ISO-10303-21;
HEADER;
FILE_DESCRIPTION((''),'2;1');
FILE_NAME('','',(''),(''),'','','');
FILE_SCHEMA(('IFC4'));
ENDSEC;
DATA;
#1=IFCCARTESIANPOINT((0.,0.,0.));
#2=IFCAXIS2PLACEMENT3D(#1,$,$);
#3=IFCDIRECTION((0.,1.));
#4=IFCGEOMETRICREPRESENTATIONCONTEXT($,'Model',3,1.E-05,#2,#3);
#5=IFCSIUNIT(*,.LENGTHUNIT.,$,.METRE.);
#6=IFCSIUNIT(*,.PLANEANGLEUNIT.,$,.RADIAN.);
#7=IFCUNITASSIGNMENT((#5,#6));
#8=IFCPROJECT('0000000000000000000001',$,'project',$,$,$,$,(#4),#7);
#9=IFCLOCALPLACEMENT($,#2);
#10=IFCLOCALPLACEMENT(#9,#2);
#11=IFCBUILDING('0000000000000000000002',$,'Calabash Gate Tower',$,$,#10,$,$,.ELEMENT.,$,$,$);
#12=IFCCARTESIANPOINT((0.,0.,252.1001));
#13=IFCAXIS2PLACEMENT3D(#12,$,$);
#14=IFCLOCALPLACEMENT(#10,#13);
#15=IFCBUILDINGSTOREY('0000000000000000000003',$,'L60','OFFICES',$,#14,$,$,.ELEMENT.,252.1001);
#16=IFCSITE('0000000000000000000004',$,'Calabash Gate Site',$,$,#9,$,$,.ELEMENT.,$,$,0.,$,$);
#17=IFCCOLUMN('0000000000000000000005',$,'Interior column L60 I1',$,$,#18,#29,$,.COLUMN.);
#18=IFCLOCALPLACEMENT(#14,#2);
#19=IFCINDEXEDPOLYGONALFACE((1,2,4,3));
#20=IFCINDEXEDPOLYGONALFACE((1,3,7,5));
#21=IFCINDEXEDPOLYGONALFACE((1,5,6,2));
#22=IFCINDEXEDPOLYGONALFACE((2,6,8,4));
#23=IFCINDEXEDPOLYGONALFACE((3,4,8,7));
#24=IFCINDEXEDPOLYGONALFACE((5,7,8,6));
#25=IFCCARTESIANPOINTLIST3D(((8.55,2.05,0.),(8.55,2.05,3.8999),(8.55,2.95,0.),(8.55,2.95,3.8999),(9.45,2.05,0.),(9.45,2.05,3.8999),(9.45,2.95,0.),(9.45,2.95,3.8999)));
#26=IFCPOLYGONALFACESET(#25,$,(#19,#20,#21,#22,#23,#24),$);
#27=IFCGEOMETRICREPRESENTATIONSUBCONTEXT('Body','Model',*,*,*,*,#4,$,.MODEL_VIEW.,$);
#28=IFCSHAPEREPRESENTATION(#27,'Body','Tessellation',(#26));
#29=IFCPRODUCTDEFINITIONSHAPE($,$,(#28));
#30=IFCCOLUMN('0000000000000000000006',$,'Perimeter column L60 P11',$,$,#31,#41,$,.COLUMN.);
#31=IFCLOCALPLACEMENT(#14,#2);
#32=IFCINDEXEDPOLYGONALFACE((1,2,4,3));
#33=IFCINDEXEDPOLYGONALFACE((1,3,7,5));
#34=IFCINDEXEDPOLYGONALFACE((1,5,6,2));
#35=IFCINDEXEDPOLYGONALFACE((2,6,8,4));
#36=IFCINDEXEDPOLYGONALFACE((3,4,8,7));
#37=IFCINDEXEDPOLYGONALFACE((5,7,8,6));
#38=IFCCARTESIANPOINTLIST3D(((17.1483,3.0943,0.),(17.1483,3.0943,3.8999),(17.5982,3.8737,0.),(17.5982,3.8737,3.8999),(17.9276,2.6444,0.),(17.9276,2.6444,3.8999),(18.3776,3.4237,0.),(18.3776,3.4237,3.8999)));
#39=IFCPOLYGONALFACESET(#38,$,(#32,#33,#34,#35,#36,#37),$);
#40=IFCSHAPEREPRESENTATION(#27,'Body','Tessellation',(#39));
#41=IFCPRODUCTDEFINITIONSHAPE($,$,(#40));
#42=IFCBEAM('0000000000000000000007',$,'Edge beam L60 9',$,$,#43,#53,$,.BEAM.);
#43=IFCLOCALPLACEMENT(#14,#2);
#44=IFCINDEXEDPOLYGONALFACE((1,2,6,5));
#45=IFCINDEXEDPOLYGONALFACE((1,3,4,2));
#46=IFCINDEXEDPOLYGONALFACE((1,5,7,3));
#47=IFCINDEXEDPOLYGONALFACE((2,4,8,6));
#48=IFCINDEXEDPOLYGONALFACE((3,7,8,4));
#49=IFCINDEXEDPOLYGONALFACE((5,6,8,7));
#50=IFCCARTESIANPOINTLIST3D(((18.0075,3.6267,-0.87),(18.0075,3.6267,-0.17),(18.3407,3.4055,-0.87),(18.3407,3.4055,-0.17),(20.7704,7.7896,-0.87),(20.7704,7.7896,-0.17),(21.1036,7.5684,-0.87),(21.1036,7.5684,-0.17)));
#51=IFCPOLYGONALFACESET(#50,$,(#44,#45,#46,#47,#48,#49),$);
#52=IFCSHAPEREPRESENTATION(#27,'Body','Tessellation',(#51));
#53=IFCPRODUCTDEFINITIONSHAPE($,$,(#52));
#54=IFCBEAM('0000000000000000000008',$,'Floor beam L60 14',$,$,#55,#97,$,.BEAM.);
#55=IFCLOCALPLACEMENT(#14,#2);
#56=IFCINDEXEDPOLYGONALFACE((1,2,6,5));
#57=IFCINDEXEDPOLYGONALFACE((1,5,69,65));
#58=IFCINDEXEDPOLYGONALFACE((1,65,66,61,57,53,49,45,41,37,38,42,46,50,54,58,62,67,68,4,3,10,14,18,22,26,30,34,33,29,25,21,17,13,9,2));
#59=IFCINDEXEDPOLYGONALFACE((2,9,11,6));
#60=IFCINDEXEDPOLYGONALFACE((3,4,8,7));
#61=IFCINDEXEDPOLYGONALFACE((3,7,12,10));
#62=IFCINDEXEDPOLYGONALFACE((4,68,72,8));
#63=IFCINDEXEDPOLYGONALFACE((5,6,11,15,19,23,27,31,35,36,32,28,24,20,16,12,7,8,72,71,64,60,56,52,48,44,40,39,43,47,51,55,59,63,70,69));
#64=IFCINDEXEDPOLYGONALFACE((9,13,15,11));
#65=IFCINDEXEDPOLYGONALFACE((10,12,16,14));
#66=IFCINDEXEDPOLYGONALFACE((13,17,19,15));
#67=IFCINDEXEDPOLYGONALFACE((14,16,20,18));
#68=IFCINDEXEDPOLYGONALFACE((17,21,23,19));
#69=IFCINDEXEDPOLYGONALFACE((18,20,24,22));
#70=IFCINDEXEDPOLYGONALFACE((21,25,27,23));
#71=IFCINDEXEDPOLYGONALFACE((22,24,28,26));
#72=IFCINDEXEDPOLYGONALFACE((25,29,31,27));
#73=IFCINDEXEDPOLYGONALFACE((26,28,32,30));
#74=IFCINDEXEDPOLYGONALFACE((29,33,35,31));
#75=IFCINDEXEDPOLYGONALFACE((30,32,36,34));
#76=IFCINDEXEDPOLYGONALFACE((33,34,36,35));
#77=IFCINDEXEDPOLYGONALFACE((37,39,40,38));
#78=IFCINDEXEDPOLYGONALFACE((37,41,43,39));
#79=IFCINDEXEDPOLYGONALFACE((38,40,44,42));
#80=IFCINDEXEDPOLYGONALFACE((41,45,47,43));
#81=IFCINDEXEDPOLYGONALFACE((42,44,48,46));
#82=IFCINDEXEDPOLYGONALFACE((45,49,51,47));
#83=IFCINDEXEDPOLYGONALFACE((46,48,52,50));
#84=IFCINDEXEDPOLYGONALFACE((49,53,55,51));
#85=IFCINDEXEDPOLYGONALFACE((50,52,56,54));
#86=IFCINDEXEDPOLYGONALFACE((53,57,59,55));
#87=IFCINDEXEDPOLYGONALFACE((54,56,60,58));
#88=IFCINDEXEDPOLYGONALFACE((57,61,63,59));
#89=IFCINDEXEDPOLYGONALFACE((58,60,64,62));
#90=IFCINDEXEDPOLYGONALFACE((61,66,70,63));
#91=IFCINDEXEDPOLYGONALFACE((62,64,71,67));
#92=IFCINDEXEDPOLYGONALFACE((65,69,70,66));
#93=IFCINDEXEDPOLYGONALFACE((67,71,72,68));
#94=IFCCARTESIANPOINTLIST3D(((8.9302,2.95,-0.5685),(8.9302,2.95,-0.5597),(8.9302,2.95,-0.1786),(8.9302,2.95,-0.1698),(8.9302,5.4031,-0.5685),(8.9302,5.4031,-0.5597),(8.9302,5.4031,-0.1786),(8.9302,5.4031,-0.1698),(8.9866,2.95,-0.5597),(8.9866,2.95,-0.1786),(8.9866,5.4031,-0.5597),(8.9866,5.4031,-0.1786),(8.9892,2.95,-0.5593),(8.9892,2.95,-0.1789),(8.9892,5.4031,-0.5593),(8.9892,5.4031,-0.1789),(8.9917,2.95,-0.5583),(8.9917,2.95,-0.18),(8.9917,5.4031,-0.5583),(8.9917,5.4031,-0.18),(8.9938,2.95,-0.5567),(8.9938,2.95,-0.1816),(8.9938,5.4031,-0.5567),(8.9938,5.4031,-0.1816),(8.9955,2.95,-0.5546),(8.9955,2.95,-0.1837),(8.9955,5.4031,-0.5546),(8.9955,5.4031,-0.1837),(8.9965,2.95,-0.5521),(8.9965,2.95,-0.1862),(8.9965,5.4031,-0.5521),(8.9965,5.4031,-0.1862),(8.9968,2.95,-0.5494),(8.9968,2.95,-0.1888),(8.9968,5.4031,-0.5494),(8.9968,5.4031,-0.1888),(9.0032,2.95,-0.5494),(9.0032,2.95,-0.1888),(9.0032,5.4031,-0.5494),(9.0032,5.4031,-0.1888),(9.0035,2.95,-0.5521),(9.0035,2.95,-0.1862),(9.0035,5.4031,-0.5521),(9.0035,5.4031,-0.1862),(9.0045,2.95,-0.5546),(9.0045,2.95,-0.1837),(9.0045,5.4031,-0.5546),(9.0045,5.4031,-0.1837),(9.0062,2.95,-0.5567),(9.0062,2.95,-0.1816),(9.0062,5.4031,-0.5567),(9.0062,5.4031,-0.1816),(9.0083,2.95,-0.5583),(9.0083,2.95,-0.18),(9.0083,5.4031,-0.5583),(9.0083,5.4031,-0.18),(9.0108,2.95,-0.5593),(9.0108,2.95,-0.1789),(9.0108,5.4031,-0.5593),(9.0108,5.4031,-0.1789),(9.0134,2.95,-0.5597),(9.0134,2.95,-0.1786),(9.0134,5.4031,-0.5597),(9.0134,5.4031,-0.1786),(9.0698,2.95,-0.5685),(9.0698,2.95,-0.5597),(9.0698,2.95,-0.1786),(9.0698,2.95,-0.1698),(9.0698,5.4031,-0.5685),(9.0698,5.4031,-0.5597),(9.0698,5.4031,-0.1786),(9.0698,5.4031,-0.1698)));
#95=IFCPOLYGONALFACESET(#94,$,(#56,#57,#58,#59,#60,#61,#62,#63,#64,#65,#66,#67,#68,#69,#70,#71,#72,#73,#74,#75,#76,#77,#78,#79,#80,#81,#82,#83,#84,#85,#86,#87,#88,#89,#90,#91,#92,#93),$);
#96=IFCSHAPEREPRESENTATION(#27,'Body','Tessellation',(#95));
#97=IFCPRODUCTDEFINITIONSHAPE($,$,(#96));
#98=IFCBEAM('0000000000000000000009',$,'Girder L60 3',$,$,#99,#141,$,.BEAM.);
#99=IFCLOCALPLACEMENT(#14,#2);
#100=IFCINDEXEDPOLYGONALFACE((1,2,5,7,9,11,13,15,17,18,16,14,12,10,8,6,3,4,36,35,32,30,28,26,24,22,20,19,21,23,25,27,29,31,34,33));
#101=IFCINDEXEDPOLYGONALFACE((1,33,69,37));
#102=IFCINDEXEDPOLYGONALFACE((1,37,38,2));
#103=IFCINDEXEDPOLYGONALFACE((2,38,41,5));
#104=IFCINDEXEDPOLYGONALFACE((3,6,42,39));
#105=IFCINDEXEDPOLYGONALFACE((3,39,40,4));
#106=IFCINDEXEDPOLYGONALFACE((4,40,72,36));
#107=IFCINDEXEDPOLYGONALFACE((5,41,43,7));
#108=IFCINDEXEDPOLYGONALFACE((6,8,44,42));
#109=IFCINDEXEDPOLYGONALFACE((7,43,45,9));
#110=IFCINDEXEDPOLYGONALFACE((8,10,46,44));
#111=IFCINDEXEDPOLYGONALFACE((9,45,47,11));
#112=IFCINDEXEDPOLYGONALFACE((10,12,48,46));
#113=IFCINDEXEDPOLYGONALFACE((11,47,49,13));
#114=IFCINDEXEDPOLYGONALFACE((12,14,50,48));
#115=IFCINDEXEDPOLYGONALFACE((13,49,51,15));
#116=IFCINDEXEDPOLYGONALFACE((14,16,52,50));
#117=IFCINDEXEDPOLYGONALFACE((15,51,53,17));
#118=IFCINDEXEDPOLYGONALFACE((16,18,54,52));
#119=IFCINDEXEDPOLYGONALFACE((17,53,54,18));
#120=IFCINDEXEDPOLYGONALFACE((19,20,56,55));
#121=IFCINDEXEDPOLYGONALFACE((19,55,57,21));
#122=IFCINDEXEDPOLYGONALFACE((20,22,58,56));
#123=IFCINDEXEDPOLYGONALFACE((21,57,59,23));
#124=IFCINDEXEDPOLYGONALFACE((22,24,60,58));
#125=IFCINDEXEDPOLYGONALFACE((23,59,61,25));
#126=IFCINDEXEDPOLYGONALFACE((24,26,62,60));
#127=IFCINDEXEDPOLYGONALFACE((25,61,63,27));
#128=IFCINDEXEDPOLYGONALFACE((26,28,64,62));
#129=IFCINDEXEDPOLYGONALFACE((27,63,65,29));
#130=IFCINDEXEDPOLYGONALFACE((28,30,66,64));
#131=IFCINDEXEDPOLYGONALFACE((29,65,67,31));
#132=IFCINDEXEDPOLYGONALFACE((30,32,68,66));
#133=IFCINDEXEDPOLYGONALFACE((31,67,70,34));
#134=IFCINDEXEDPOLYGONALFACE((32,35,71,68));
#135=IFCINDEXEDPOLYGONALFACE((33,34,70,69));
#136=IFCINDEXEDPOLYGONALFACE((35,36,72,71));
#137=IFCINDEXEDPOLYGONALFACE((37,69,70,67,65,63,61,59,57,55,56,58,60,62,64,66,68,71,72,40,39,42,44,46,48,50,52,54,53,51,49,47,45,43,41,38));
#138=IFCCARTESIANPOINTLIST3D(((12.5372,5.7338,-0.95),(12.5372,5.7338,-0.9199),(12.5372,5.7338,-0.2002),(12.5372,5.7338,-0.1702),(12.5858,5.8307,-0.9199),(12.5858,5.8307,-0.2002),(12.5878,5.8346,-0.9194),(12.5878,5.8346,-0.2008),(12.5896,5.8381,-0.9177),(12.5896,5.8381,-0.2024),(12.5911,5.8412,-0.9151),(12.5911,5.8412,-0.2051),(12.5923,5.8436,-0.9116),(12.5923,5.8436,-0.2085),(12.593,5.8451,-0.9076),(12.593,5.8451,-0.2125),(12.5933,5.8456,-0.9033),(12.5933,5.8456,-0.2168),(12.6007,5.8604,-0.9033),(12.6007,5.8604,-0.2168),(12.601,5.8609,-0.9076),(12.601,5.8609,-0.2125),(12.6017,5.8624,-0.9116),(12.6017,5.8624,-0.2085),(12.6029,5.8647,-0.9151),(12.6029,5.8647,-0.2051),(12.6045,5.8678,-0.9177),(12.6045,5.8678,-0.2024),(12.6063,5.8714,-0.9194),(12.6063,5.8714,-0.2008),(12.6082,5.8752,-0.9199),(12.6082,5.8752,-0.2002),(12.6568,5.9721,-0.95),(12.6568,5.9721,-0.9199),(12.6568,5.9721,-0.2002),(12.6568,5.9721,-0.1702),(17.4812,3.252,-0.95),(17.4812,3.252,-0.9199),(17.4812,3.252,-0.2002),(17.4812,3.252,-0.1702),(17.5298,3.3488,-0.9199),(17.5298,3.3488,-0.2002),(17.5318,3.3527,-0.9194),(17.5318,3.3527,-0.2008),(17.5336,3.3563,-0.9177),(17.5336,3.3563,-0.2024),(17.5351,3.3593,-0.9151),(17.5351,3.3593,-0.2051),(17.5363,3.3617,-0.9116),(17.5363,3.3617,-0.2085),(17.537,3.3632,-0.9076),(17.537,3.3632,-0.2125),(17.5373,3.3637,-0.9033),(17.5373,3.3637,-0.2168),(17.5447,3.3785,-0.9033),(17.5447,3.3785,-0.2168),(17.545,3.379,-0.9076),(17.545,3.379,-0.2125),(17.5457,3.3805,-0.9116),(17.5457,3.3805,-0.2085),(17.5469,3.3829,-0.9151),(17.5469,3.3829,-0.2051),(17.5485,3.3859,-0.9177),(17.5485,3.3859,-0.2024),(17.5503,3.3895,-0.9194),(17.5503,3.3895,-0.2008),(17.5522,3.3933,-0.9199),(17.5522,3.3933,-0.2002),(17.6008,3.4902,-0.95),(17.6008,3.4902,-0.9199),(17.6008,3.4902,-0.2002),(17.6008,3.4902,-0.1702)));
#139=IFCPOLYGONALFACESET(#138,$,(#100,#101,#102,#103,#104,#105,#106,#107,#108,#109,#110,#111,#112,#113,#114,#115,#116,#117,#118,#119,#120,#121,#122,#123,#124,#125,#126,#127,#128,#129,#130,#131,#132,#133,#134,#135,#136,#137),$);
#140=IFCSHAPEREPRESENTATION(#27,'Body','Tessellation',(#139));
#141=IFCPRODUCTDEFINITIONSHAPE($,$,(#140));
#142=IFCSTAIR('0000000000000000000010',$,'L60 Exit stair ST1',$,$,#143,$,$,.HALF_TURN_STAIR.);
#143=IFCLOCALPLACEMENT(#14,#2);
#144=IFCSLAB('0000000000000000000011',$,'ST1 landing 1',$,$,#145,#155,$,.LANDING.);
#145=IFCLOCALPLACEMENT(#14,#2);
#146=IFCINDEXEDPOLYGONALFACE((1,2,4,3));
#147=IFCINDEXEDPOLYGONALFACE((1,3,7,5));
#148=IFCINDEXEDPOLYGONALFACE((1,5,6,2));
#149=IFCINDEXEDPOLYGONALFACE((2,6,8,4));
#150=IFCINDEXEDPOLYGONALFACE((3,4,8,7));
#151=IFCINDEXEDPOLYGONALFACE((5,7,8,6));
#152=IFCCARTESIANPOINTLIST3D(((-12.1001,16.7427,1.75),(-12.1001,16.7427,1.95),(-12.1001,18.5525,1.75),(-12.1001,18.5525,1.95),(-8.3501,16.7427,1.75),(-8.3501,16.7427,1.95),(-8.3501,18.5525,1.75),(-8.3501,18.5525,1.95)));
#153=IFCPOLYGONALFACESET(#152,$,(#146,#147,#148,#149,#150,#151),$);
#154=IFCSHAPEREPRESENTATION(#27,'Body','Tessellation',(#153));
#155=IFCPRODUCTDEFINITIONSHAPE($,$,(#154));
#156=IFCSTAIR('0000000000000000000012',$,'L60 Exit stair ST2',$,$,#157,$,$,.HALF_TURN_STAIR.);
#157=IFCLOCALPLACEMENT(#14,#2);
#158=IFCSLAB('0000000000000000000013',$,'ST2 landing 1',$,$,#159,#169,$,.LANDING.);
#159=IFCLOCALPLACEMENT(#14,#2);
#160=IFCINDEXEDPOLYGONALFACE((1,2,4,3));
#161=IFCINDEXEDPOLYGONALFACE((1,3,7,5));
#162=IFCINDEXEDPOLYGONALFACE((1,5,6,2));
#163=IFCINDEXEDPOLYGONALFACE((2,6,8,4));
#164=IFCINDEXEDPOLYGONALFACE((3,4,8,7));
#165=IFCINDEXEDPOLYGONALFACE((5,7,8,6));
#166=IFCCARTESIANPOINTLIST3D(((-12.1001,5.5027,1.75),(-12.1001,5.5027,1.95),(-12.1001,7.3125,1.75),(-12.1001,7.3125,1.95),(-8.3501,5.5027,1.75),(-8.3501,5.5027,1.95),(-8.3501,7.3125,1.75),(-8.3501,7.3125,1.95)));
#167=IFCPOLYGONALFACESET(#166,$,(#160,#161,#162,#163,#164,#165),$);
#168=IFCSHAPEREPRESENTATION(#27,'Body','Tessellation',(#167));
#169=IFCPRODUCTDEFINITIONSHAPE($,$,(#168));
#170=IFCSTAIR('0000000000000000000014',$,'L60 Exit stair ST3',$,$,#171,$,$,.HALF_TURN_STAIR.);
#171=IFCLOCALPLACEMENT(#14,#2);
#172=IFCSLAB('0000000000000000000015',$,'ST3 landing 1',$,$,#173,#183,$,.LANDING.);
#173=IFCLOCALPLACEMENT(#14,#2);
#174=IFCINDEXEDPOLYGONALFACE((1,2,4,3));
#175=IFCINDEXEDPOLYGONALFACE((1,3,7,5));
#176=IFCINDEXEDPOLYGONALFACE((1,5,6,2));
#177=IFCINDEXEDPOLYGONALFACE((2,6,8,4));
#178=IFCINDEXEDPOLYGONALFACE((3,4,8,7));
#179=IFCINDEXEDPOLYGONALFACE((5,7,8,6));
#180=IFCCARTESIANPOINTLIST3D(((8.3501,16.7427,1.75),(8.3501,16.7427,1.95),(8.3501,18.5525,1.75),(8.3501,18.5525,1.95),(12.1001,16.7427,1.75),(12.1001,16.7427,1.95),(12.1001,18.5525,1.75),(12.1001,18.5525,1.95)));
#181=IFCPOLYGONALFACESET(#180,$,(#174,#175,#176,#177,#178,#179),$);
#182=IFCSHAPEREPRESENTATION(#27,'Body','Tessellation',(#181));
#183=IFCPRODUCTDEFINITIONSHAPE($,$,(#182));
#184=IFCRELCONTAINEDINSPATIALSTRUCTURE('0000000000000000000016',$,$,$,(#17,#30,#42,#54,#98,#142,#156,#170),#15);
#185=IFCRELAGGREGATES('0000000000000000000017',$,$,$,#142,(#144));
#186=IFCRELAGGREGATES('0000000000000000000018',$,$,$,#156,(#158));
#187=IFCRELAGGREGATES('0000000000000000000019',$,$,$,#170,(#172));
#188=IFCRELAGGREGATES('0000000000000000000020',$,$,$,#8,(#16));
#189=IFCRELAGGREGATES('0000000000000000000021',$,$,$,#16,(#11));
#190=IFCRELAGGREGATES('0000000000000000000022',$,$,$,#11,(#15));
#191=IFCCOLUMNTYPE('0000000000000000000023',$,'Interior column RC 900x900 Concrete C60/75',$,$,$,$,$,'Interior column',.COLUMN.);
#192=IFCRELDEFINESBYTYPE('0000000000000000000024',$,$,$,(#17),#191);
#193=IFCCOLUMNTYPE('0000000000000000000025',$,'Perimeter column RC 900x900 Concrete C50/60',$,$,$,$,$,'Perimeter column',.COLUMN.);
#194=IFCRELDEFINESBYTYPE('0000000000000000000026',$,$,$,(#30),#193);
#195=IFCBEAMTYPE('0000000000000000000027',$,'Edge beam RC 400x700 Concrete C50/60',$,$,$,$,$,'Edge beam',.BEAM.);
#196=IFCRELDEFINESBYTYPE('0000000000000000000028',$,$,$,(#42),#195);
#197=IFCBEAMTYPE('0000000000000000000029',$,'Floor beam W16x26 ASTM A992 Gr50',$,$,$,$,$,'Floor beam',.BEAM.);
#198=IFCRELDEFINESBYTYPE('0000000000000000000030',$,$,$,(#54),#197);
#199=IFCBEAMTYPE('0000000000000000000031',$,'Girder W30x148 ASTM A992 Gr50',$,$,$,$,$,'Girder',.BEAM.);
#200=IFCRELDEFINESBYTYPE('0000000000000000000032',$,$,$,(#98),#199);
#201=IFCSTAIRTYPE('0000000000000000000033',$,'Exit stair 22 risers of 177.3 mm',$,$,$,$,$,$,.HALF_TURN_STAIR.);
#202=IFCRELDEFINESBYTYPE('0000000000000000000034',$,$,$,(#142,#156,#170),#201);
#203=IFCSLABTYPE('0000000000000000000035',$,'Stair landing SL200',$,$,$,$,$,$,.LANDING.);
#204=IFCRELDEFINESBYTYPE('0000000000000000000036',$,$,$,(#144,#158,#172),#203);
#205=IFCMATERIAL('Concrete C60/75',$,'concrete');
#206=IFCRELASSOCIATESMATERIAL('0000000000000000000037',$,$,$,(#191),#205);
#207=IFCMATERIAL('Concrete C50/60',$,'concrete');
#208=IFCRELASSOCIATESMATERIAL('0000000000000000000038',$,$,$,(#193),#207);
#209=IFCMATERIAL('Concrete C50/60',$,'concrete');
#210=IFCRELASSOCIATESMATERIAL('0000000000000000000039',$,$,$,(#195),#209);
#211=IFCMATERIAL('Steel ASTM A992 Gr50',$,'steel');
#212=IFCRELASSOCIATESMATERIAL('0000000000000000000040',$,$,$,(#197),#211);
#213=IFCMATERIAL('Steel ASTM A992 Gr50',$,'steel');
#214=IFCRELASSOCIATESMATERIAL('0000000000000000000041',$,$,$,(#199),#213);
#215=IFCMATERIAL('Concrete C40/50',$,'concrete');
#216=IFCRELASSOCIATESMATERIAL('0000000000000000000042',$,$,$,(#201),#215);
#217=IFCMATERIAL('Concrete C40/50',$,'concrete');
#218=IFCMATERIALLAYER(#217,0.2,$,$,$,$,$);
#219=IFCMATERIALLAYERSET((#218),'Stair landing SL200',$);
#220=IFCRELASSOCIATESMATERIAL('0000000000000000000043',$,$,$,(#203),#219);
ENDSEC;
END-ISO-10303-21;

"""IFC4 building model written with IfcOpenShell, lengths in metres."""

from ifc_helpers import new_model, si_unit, direction, frame, origin, origin_2d, place, context, subcontext, project, spatial, polyline, rectangle, i_section, outline, extrude, material, layer, layer_set, material_profile, profile_set, type_object, element, aggregate, save


model = new_model("IFC4")

# Units and contexts
model_context = context("Model", 3, precision=1e-05, world=origin(), true_north=direction((0.0, 1.0)))
body_context = subcontext(model_context, "Body", "Model", "MODEL_VIEW")
ifc_project = project(units=[si_unit("LENGTHUNIT", "METRE"), si_unit("PLANEANGLEUNIT", "RADIAN")], contexts=[model_context])

# Site, building, storey
site_placement = place(None, origin())
site = spatial("IfcSite", under=ifc_project, at=site_placement, Name="Calabash Gate Site", CompositionType="ELEMENT", RefElevation=0.0)
building_placement = place(site_placement, origin())
building = spatial("IfcBuilding", under=site, at=building_placement, Name="Calabash Gate Tower", CompositionType="ELEMENT")
storey_placement = place(building_placement, frame((0.0, 0.0, 252.1001)))
storey = spatial("IfcBuildingStorey", under=building, at=storey_placement, Name="L60", Description="OFFICES", CompositionType="ELEMENT", Elevation=252.1001)

# Columns
ifc_material_1 = material(Name="Concrete C60/75", Category="concrete")
ifc_material_profile_1 = material_profile(ifc_material_1, rectangle(XDim=0.8999, YDim=0.8999, at=origin_2d()))
ifc_profile_set_1 = profile_set([ifc_material_profile_1], Name="Concrete C60/75")
column_type_1 = type_object("IfcColumnType", Name="Interior column RC 900x900 Concrete C60/75", ElementType="Interior column", PredefinedType="COLUMN", material=ifc_profile_set_1)
column_1_placement = place(storey_placement, frame((9.0, 2.5, 0.0), z_axis=(0.0, 0.0, 1.0), x_axis=(1.0, 0.0, 0.0)))
element("IfcColumn", 1, at=column_1_placement, inside=storey, type_object=column_type_1, Name="Interior column L60 I1", PredefinedType="COLUMN", context=body_context, shape_type="SweptSolid", body=[
    extrude(rectangle(XDim=0.8999, YDim=0.8999, at=origin_2d()), origin(), (0.0, 0.0, 1.0), 3.8999),
])
ifc_material_2 = material(Name="Concrete C50/60", Category="concrete")
ifc_material_profile_2 = material_profile(ifc_material_2, rectangle(XDim=0.8999, YDim=0.8999, at=origin_2d()))
ifc_profile_set_2 = profile_set([ifc_material_profile_2], Name="Concrete C50/60")
column_type_2 = type_object("IfcColumnType", Name="Perimeter column RC 900x900 Concrete C50/60", ElementType="Perimeter column", PredefinedType="COLUMN", material=ifc_profile_set_2)
column_2_placement = place(storey_placement, frame((17.7629, 3.259, 0.0), z_axis=(0.0, 0.0, 1.0), x_axis=(0.5, 0.866025, 0.0)))
element("IfcColumn", 2, at=column_2_placement, inside=storey, type_object=column_type_2, Name="Perimeter column L60 P11", PredefinedType="COLUMN", context=body_context, shape_type="SweptSolid", body=[
    extrude(rectangle(XDim=0.8999, YDim=0.8999, at=origin_2d()), origin(), (0.0, 0.0, 1.0), 3.8999),
])

# Beams
ifc_material_3 = material(Name="Concrete C50/60", Category="concrete")
ifc_material_profile_3 = material_profile(ifc_material_3, rectangle(XDim=0.3999, YDim=0.7, at=origin_2d()))
ifc_profile_set_3 = profile_set([ifc_material_profile_3], Name="Concrete C50/60")
beam_type_1 = type_object("IfcBeamType", Name="Edge beam RC 400x700 Concrete C50/60", ElementType="Edge beam", PredefinedType="BEAM", material=ifc_profile_set_3)
beam_1_placement = place(storey_placement, frame((18.1741, 3.5161, -0.52), z_axis=(0.552996, 0.833184, 0.0), x_axis=(-0.833184, 0.552996, 0.0)))
element("IfcBeam", 3, at=beam_1_placement, inside=storey, type_object=beam_type_1, Name="Edge beam L60 9", PredefinedType="BEAM", context=body_context, shape_type="SweptSolid", body=[
    extrude(rectangle(XDim=0.3999, YDim=0.7, at=origin_2d()), origin(), (0.0, 0.0, 1.0), 4.9963),
])
ifc_material_4 = material(Name="Steel ASTM A992 Gr50", Category="steel")
ifc_material_profile_4 = material_profile(ifc_material_4, i_section(OverallWidth=0.1396, OverallDepth=0.3987, WebThickness=0.0063, FlangeThickness=0.0088, FilletRadius=0.0103, at=origin_2d()))
ifc_profile_set_4 = profile_set([ifc_material_profile_4], Name="Steel ASTM A992 Gr50")
beam_type_2 = type_object("IfcBeamType", Name="Floor beam W16x26 ASTM A992 Gr50", ElementType="Floor beam", PredefinedType="BEAM", material=ifc_profile_set_4)
beam_2_placement = place(storey_placement, frame((9.0, 2.95, -0.3691), z_axis=(0.0, 1.0, 0.0), x_axis=(-1.0, 0.0, 0.0)))
element("IfcBeam", 4, at=beam_2_placement, inside=storey, type_object=beam_type_2, Name="Floor beam L60 14", PredefinedType="BEAM", context=body_context, shape_type="SweptSolid", body=[
    extrude(i_section(OverallWidth=0.1396, OverallDepth=0.3987, WebThickness=0.0063, FlangeThickness=0.0088, FilletRadius=0.0103, at=origin_2d()), origin(), (0.0, 0.0, 1.0), 2.4531),
])
ifc_material_5 = material(Name="Steel ASTM A992 Gr50", Category="steel")
ifc_material_profile_5 = material_profile(ifc_material_5, i_section(OverallWidth=0.2666, OverallDepth=0.7798, WebThickness=0.0166, FlangeThickness=0.03, FilletRadius=0.0166, at=origin_2d()))
ifc_profile_set_5 = profile_set([ifc_material_profile_5], Name="Steel ASTM A992 Gr50")
beam_type_3 = type_object("IfcBeamType", Name="Girder W30x148 ASTM A992 Gr50", ElementType="Girder", PredefinedType="BEAM", material=ifc_profile_set_5)
beam_3_placement = place(storey_placement, frame((17.541, 3.3711, -0.5601), z_axis=(-0.893711, 0.448643, 0.0), x_axis=(-0.448643, -0.893711, 0.0)))
element("IfcBeam", 5, at=beam_3_placement, inside=storey, type_object=beam_type_3, Name="Girder L60 3", PredefinedType="BEAM", context=body_context, shape_type="SweptSolid", body=[
    extrude(i_section(OverallWidth=0.2666, OverallDepth=0.7798, WebThickness=0.0166, FlangeThickness=0.03, FilletRadius=0.0166, at=origin_2d()), origin(), (0.0, 0.0, 1.0), 5.532),
])

# Stairs, slabs
ifc_material_6 = material(Name="Concrete C40/50", Category="concrete")
stair_type = type_object("IfcStairType", Name="Exit stair 22 risers of 177.3 mm", PredefinedType="HALF_TURN_STAIR", material=ifc_material_6)
stair_1_placement = place(storey_placement, origin())
stair_1 = element("IfcStair", 6, at=stair_1_placement, inside=storey, type_object=stair_type, Name="L60 Exit stair ST1", PredefinedType="HALF_TURN_STAIR")
ifc_material_7 = material(Name="Concrete C40/50", Category="concrete")
ifc_layer_1 = layer(ifc_material_7, 0.2)
ifc_layer_set_1 = layer_set([ifc_layer_1], Name="Stair landing SL200")
slab_type = type_object("IfcSlabType", Name="Stair landing SL200", PredefinedType="LANDING", material=ifc_layer_set_1)
slab_1_placement = place(storey_placement, frame((0.0, 0.0, 1.75)))
slab_1 = element("IfcSlab", 7, at=slab_1_placement, type_object=slab_type, Name="ST1 landing 1", PredefinedType="LANDING", context=body_context, shape_type="SweptSolid", body=[
    extrude(outline(polyline([(-8.3501, 16.7427), (-8.3501, 18.5525), (-12.1001, 18.5525), (-12.1001, 16.7427), (-8.3501, 16.7427)])), origin(), (0.0, 0.0, 1.0), 0.2),
])
aggregate(stair_1, [slab_1])
stair_2_placement = place(storey_placement, origin())
stair_2 = element("IfcStair", 8, at=stair_2_placement, inside=storey, type_object=stair_type, Name="L60 Exit stair ST2", PredefinedType="HALF_TURN_STAIR")
slab_2_placement = place(storey_placement, frame((0.0, 0.0, 1.75)))
slab_2 = element("IfcSlab", 9, at=slab_2_placement, type_object=slab_type, Name="ST2 landing 1", PredefinedType="LANDING", context=body_context, shape_type="SweptSolid", body=[
    extrude(outline(polyline([(-12.1001, 7.3125), (-12.1001, 5.5027), (-8.3501, 5.5027), (-8.3501, 7.3125), (-12.1001, 7.3125)])), origin(), (0.0, 0.0, 1.0), 0.2),
])
aggregate(stair_2, [slab_2])
stair_3_placement = place(storey_placement, origin())
stair_3 = element("IfcStair", 10, at=stair_3_placement, inside=storey, type_object=stair_type, Name="L60 Exit stair ST3", PredefinedType="HALF_TURN_STAIR")
slab_3_placement = place(storey_placement, frame((0.0, 0.0, 1.75)))
slab_3 = element("IfcSlab", 11, at=slab_3_placement, type_object=slab_type, Name="ST3 landing 1", PredefinedType="LANDING", context=body_context, shape_type="SweptSolid", body=[
    extrude(outline(polyline([(12.1001, 16.7427), (12.1001, 18.5525), (8.3501, 18.5525), (8.3501, 16.7427), (12.1001, 16.7427)])), origin(), (0.0, 0.0, 1.0), 0.2),
])
aggregate(stair_3, [slab_3])

save(model, "model.ifc")
